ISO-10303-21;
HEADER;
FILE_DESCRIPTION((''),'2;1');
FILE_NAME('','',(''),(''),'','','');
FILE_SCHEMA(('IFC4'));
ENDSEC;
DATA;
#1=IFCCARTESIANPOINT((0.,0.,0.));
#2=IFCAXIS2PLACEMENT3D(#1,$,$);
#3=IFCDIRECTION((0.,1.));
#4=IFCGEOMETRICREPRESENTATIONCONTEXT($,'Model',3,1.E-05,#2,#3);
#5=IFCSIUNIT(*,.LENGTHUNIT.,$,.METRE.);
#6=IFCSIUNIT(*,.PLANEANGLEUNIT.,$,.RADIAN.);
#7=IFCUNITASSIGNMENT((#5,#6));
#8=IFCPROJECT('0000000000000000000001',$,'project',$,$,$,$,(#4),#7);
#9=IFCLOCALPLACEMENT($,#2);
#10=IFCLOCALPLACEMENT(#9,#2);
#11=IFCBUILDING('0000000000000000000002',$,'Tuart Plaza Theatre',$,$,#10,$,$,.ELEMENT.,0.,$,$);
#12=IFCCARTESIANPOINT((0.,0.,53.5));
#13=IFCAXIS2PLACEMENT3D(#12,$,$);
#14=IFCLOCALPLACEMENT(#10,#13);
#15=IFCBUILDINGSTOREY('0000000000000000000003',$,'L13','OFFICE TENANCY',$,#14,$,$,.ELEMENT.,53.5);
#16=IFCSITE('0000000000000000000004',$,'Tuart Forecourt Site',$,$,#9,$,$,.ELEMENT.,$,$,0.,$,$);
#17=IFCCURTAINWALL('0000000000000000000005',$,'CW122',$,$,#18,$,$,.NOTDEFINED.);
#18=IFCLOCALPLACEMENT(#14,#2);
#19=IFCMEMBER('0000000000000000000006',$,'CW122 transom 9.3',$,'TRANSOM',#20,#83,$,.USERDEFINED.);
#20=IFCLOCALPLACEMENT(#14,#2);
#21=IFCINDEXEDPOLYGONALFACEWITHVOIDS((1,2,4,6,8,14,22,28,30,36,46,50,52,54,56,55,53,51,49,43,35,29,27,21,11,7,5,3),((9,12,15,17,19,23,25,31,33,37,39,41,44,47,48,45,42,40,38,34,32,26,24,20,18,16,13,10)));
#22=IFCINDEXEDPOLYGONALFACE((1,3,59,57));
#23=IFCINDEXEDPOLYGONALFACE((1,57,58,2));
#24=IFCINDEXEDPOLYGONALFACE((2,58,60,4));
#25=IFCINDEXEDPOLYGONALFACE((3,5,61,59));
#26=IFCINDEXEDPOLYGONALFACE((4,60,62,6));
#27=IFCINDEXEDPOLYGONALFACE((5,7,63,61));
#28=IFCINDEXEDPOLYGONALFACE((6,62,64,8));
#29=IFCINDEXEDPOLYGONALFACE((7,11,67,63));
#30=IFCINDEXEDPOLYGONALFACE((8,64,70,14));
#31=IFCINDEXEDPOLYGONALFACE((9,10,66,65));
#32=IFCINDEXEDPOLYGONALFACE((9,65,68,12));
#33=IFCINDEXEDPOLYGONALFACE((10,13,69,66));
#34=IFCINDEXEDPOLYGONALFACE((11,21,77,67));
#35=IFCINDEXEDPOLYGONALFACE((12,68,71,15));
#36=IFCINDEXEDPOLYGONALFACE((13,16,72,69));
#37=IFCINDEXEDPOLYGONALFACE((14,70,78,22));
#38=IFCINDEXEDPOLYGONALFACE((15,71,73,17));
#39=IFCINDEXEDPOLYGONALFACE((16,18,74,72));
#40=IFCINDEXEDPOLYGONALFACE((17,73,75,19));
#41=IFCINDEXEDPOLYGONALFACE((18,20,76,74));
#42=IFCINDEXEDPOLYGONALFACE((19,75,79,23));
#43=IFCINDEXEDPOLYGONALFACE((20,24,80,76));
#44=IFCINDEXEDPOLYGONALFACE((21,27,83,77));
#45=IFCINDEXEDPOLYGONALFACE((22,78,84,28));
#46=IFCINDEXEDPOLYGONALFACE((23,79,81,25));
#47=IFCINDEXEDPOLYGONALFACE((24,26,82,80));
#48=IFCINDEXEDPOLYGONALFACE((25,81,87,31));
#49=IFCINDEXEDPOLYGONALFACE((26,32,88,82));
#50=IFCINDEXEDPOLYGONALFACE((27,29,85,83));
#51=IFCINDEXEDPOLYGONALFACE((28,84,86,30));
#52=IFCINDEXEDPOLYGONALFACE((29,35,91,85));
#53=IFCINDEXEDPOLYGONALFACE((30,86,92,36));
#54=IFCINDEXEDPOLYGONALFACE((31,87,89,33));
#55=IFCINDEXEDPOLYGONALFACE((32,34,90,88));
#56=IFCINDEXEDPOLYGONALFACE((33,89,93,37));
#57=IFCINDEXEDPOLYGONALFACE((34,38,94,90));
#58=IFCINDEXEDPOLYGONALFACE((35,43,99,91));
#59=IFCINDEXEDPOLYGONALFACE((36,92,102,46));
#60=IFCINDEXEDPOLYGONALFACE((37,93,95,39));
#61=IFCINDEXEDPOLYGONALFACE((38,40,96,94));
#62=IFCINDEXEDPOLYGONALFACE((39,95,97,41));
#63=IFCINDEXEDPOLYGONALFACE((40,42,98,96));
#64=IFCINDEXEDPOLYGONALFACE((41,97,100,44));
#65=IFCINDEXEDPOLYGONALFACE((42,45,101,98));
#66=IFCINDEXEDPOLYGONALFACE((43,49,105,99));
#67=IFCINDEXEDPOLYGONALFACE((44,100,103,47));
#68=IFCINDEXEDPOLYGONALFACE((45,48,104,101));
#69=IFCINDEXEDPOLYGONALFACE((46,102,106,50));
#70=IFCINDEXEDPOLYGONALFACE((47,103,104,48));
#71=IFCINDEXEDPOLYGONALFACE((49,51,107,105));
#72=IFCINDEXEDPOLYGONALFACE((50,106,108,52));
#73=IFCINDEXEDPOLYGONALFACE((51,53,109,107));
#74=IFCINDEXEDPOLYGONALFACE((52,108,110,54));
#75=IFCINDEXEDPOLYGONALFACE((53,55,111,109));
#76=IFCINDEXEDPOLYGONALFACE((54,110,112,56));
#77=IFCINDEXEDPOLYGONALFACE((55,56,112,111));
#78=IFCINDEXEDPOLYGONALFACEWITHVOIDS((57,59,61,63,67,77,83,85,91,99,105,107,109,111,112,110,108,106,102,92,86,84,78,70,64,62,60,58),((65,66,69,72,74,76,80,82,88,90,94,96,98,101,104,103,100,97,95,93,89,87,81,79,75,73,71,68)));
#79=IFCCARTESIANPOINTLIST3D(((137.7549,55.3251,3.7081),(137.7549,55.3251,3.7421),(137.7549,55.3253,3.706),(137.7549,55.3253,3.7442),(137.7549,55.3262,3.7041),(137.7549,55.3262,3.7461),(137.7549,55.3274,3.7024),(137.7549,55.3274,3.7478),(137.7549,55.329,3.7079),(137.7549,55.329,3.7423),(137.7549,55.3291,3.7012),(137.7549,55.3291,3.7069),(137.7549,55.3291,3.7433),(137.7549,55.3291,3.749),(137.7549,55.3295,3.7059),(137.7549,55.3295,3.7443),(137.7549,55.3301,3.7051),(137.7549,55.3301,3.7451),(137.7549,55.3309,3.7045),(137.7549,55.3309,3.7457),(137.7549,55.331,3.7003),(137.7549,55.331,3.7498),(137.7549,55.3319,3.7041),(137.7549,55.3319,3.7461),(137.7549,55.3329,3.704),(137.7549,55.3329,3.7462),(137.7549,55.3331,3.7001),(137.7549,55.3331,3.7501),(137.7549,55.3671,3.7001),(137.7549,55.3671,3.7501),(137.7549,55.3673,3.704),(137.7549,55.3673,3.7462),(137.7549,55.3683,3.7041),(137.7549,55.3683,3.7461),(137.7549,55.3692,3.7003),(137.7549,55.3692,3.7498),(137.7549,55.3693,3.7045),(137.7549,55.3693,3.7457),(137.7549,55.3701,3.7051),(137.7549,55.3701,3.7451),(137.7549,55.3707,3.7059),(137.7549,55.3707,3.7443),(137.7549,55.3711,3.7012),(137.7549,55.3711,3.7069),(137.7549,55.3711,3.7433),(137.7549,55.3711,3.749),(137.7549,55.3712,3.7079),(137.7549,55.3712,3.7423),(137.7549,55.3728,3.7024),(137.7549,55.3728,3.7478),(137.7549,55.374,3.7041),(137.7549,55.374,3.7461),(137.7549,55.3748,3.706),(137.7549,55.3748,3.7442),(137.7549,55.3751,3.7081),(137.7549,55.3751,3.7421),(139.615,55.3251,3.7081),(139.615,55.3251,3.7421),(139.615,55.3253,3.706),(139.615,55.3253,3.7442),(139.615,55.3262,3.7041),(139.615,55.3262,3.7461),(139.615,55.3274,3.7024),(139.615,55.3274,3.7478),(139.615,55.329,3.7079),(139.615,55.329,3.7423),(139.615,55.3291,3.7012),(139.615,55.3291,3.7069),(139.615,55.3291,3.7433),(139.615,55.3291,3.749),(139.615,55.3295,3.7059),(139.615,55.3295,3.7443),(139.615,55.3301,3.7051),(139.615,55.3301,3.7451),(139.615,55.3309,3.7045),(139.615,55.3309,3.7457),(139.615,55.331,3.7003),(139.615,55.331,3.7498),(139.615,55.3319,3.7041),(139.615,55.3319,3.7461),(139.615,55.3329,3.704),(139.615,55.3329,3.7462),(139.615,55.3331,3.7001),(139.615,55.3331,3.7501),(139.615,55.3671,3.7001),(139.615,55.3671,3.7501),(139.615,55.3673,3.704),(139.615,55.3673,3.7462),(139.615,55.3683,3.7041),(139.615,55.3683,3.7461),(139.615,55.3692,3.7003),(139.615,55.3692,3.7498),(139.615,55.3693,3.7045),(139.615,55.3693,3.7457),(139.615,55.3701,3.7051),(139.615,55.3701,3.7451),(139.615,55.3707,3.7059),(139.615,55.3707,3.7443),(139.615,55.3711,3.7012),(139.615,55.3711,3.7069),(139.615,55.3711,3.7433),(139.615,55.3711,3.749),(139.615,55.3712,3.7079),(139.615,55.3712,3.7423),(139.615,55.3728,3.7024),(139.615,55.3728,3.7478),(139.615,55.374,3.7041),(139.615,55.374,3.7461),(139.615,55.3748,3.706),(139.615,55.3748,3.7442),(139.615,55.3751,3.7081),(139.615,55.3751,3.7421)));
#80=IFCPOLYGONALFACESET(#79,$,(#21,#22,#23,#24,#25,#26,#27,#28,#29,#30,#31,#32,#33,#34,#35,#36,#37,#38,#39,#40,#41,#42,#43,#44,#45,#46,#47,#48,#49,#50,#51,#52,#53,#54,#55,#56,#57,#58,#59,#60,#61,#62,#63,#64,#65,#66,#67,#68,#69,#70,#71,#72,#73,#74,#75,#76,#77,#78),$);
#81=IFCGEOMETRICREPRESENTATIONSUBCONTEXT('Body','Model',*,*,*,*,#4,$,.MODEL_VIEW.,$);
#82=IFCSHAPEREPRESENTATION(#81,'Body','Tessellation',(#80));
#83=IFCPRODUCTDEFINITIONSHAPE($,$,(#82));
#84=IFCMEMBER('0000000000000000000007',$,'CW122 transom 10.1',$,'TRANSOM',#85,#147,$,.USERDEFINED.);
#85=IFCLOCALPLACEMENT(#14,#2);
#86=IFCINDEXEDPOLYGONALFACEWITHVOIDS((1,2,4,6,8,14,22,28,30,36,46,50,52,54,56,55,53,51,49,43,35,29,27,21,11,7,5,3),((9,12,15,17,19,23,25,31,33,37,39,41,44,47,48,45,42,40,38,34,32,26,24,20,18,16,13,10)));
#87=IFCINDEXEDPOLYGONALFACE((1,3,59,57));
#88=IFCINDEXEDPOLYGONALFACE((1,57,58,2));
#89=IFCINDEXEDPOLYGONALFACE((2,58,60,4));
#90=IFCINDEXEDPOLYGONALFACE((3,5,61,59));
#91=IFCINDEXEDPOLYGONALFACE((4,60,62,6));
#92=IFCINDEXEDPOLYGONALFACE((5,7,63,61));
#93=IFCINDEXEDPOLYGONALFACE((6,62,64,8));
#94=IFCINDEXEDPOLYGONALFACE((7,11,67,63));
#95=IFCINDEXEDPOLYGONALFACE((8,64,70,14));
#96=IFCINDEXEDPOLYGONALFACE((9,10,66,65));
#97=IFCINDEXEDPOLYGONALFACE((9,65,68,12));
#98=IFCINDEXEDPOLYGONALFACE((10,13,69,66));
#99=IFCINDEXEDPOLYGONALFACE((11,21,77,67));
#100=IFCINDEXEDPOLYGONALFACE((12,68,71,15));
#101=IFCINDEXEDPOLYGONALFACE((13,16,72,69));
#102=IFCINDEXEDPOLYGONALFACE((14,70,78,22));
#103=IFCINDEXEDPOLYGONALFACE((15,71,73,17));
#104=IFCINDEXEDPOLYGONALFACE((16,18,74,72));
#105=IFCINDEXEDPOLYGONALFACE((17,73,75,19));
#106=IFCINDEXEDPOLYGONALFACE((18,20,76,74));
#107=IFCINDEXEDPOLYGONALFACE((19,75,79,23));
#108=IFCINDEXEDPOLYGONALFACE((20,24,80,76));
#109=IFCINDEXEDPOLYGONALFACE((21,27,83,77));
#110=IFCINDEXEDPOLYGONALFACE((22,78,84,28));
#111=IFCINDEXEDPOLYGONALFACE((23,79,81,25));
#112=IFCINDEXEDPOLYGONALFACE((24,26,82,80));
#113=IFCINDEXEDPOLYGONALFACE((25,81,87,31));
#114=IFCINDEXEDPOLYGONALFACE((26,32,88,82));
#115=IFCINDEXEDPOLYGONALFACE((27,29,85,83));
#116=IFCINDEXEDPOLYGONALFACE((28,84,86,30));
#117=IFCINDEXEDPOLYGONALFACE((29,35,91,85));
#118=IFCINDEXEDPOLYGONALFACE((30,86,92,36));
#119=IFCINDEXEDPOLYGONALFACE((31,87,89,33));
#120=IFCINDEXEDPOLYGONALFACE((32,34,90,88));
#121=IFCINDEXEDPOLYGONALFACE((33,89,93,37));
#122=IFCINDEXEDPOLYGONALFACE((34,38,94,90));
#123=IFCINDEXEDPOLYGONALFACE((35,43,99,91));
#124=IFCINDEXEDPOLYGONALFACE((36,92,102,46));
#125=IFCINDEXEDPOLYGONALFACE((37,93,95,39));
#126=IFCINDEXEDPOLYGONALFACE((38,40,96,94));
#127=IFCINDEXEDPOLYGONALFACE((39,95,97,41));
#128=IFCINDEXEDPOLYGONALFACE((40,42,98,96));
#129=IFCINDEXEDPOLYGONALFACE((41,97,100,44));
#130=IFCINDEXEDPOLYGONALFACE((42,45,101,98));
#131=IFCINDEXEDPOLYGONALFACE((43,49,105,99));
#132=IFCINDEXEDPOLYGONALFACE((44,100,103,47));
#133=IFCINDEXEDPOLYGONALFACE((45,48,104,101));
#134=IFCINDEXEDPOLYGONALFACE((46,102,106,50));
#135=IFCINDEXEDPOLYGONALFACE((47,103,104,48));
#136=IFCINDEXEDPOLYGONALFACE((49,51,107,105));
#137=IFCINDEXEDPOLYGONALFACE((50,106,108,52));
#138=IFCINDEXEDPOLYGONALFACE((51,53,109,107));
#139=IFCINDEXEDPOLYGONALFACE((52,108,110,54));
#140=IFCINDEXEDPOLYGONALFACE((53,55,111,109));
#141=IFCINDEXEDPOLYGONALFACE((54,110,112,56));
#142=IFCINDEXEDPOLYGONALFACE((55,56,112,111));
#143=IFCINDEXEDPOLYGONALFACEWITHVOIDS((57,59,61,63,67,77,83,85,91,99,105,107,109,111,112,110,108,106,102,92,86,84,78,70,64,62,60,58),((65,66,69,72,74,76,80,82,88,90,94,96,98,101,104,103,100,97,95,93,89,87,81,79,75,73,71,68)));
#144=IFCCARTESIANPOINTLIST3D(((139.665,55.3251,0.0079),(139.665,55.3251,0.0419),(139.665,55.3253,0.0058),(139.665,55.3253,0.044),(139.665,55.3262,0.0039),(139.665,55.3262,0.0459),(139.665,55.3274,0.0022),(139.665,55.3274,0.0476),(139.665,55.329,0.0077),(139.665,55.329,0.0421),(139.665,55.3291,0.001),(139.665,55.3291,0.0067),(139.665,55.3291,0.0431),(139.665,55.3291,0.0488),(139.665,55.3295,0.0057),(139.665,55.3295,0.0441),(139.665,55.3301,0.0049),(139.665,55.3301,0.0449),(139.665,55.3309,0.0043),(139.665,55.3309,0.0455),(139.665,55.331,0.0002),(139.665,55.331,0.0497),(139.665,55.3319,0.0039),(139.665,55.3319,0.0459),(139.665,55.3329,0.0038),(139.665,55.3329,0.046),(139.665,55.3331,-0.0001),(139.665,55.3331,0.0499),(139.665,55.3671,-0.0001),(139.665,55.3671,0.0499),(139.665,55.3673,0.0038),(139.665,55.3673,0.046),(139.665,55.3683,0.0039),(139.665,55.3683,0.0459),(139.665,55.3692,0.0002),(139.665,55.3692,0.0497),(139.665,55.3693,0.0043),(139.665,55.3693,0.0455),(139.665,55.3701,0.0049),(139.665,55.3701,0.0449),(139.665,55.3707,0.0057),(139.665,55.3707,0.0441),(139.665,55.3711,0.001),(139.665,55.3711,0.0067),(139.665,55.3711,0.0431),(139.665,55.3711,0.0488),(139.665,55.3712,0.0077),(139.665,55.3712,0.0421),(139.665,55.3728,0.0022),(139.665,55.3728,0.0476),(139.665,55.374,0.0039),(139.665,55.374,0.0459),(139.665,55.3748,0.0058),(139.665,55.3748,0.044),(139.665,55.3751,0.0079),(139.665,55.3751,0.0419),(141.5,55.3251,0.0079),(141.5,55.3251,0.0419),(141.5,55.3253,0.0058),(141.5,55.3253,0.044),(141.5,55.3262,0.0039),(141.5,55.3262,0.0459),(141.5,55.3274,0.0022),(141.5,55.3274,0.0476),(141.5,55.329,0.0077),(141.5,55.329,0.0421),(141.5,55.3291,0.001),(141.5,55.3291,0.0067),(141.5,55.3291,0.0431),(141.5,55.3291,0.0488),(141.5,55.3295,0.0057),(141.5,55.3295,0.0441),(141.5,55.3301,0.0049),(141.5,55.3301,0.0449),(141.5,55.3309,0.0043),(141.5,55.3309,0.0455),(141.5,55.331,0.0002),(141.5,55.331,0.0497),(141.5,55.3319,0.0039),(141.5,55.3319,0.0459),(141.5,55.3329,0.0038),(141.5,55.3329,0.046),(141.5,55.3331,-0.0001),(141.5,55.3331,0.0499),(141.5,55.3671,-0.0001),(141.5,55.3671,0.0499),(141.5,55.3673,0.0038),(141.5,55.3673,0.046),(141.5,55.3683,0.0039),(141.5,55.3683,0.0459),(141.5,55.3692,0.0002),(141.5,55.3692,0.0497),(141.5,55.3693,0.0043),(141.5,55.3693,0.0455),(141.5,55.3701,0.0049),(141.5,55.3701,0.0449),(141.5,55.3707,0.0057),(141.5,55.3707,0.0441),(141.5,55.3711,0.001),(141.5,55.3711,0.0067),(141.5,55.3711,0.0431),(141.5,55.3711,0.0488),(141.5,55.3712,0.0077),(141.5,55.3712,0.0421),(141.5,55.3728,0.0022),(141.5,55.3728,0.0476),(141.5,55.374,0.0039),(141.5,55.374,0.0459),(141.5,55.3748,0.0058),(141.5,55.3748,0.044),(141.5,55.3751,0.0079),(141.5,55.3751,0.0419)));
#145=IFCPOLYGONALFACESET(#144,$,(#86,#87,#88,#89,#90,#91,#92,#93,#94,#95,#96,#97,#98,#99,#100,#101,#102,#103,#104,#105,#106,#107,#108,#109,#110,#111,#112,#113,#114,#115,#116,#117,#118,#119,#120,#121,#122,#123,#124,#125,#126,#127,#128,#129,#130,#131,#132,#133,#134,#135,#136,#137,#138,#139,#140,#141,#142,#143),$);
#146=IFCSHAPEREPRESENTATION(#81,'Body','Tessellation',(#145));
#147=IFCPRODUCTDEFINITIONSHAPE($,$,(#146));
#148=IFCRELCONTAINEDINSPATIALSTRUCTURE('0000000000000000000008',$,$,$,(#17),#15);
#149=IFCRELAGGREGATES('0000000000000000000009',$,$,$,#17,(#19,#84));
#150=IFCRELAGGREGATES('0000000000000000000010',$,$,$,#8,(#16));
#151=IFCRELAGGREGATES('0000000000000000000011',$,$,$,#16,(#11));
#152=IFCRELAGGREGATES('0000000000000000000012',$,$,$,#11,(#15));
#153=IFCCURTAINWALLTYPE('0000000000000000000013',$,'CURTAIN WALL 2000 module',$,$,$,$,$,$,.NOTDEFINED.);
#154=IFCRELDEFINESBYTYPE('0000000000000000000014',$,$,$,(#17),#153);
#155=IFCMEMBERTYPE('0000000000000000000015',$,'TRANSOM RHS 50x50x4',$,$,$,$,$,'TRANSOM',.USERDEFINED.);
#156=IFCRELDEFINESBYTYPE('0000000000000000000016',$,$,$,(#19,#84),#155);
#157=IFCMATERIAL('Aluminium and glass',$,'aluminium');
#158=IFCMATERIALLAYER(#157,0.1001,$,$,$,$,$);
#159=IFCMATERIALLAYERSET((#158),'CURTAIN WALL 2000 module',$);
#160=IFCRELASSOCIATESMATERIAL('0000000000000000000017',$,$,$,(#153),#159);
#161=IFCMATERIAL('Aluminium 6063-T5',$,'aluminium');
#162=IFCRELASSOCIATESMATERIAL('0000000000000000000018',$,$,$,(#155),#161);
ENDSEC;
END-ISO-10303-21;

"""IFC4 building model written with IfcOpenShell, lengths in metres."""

from ifc_helpers import new_model, si_unit, direction, frame, origin, origin_2d, place, context, subcontext, project, spatial, hollow_rectangle, extrude, material, layer, layer_set, material_profile, profile_set, type_object, element, aggregate, save


model = new_model("IFC4")

# Units and contexts
model_context = context("Model", 3, precision=1e-05, world=origin(), true_north=direction((0.0, 1.0)))
body_context = subcontext(model_context, "Body", "Model", "MODEL_VIEW")
ifc_project = project(units=[si_unit("LENGTHUNIT", "METRE"), si_unit("PLANEANGLEUNIT", "RADIAN")], contexts=[model_context])

# Site, building, storey
site_placement = place(None, origin())
site = spatial("IfcSite", under=ifc_project, at=site_placement, Name="Tuart Forecourt Site", CompositionType="ELEMENT", RefElevation=0.0)
building_placement = place(site_placement, origin())
building = spatial("IfcBuilding", under=site, at=building_placement, Name="Tuart Plaza Theatre", CompositionType="ELEMENT", ElevationOfRefHeight=0.0)
storey_placement = place(building_placement, frame((0.0, 0.0, 53.5)))
storey = spatial("IfcBuildingStorey", under=building, at=storey_placement, Name="L13", Description="OFFICE TENANCY", CompositionType="ELEMENT", Elevation=53.5)

# Curtain wall, members
ifc_material_1 = material(Name="Aluminium and glass", Category="aluminium")
ifc_layer_1 = layer(ifc_material_1, 0.1001)
ifc_layer_set_1 = layer_set([ifc_layer_1], Name="CURTAIN WALL 2000 module")
curtain_wall_type = type_object("IfcCurtainWallType", Name="CURTAIN WALL 2000 module", PredefinedType="NOTDEFINED", material=ifc_layer_set_1)
curtain_wall_placement = place(storey_placement, origin())
curtain_wall = element("IfcCurtainWall", 1, at=curtain_wall_placement, inside=storey, type_object=curtain_wall_type, Name="CW122", PredefinedType="NOTDEFINED")
ifc_material_2 = material(Name="Aluminium 6063-T5", Category="aluminium")
ifc_material_profile_1 = material_profile(ifc_material_2, hollow_rectangle(XDim=0.05, YDim=0.05, WallThickness=0.0039, InnerFilletRadius=0.0039, OuterFilletRadius=0.0081, at=origin_2d()), Name="RHS 50x50x4")
ifc_profile_set_1 = profile_set([ifc_material_profile_1], Name="Aluminium 6063-T5")
member_type_1 = type_object("IfcMemberType", Name="TRANSOM RHS 50x50x4", ElementType="TRANSOM", PredefinedType="USERDEFINED", material=ifc_profile_set_1)
member_1_placement = place(storey_placement, frame((137.7549, 55.3501, 3.7251), z_axis=(1.0, 0.0, 0.0), x_axis=(0.0, 1.0, 0.0)))
member_1 = element("IfcMember", 2, at=member_1_placement, type_object=member_type_1, Name="CW122 transom 9.3", ObjectType="TRANSOM", PredefinedType="USERDEFINED", context=body_context, shape_type="SweptSolid", body=[
    extrude(hollow_rectangle(XDim=0.05, YDim=0.05, WallThickness=0.0039, InnerFilletRadius=0.0039, OuterFilletRadius=0.0081, at=origin_2d()), origin(), (0.0, 0.0, 1.0), 1.8601),
])
member_2_placement = place(storey_placement, frame((139.665, 55.3501, 0.0249), z_axis=(1.0, 0.0, 0.0), x_axis=(0.0, 1.0, 0.0)))
member_2 = element("IfcMember", 3, at=member_2_placement, type_object=member_type_1, Name="CW122 transom 10.1", ObjectType="TRANSOM", PredefinedType="USERDEFINED", context=body_context, shape_type="SweptSolid", body=[
    extrude(hollow_rectangle(XDim=0.05, YDim=0.05, WallThickness=0.0039, InnerFilletRadius=0.0039, OuterFilletRadius=0.0081, at=origin_2d()), origin(), (0.0, 0.0, 1.0), 1.835),
])
aggregate(curtain_wall, [member_1, member_2])

save(model, "model.ifc")
